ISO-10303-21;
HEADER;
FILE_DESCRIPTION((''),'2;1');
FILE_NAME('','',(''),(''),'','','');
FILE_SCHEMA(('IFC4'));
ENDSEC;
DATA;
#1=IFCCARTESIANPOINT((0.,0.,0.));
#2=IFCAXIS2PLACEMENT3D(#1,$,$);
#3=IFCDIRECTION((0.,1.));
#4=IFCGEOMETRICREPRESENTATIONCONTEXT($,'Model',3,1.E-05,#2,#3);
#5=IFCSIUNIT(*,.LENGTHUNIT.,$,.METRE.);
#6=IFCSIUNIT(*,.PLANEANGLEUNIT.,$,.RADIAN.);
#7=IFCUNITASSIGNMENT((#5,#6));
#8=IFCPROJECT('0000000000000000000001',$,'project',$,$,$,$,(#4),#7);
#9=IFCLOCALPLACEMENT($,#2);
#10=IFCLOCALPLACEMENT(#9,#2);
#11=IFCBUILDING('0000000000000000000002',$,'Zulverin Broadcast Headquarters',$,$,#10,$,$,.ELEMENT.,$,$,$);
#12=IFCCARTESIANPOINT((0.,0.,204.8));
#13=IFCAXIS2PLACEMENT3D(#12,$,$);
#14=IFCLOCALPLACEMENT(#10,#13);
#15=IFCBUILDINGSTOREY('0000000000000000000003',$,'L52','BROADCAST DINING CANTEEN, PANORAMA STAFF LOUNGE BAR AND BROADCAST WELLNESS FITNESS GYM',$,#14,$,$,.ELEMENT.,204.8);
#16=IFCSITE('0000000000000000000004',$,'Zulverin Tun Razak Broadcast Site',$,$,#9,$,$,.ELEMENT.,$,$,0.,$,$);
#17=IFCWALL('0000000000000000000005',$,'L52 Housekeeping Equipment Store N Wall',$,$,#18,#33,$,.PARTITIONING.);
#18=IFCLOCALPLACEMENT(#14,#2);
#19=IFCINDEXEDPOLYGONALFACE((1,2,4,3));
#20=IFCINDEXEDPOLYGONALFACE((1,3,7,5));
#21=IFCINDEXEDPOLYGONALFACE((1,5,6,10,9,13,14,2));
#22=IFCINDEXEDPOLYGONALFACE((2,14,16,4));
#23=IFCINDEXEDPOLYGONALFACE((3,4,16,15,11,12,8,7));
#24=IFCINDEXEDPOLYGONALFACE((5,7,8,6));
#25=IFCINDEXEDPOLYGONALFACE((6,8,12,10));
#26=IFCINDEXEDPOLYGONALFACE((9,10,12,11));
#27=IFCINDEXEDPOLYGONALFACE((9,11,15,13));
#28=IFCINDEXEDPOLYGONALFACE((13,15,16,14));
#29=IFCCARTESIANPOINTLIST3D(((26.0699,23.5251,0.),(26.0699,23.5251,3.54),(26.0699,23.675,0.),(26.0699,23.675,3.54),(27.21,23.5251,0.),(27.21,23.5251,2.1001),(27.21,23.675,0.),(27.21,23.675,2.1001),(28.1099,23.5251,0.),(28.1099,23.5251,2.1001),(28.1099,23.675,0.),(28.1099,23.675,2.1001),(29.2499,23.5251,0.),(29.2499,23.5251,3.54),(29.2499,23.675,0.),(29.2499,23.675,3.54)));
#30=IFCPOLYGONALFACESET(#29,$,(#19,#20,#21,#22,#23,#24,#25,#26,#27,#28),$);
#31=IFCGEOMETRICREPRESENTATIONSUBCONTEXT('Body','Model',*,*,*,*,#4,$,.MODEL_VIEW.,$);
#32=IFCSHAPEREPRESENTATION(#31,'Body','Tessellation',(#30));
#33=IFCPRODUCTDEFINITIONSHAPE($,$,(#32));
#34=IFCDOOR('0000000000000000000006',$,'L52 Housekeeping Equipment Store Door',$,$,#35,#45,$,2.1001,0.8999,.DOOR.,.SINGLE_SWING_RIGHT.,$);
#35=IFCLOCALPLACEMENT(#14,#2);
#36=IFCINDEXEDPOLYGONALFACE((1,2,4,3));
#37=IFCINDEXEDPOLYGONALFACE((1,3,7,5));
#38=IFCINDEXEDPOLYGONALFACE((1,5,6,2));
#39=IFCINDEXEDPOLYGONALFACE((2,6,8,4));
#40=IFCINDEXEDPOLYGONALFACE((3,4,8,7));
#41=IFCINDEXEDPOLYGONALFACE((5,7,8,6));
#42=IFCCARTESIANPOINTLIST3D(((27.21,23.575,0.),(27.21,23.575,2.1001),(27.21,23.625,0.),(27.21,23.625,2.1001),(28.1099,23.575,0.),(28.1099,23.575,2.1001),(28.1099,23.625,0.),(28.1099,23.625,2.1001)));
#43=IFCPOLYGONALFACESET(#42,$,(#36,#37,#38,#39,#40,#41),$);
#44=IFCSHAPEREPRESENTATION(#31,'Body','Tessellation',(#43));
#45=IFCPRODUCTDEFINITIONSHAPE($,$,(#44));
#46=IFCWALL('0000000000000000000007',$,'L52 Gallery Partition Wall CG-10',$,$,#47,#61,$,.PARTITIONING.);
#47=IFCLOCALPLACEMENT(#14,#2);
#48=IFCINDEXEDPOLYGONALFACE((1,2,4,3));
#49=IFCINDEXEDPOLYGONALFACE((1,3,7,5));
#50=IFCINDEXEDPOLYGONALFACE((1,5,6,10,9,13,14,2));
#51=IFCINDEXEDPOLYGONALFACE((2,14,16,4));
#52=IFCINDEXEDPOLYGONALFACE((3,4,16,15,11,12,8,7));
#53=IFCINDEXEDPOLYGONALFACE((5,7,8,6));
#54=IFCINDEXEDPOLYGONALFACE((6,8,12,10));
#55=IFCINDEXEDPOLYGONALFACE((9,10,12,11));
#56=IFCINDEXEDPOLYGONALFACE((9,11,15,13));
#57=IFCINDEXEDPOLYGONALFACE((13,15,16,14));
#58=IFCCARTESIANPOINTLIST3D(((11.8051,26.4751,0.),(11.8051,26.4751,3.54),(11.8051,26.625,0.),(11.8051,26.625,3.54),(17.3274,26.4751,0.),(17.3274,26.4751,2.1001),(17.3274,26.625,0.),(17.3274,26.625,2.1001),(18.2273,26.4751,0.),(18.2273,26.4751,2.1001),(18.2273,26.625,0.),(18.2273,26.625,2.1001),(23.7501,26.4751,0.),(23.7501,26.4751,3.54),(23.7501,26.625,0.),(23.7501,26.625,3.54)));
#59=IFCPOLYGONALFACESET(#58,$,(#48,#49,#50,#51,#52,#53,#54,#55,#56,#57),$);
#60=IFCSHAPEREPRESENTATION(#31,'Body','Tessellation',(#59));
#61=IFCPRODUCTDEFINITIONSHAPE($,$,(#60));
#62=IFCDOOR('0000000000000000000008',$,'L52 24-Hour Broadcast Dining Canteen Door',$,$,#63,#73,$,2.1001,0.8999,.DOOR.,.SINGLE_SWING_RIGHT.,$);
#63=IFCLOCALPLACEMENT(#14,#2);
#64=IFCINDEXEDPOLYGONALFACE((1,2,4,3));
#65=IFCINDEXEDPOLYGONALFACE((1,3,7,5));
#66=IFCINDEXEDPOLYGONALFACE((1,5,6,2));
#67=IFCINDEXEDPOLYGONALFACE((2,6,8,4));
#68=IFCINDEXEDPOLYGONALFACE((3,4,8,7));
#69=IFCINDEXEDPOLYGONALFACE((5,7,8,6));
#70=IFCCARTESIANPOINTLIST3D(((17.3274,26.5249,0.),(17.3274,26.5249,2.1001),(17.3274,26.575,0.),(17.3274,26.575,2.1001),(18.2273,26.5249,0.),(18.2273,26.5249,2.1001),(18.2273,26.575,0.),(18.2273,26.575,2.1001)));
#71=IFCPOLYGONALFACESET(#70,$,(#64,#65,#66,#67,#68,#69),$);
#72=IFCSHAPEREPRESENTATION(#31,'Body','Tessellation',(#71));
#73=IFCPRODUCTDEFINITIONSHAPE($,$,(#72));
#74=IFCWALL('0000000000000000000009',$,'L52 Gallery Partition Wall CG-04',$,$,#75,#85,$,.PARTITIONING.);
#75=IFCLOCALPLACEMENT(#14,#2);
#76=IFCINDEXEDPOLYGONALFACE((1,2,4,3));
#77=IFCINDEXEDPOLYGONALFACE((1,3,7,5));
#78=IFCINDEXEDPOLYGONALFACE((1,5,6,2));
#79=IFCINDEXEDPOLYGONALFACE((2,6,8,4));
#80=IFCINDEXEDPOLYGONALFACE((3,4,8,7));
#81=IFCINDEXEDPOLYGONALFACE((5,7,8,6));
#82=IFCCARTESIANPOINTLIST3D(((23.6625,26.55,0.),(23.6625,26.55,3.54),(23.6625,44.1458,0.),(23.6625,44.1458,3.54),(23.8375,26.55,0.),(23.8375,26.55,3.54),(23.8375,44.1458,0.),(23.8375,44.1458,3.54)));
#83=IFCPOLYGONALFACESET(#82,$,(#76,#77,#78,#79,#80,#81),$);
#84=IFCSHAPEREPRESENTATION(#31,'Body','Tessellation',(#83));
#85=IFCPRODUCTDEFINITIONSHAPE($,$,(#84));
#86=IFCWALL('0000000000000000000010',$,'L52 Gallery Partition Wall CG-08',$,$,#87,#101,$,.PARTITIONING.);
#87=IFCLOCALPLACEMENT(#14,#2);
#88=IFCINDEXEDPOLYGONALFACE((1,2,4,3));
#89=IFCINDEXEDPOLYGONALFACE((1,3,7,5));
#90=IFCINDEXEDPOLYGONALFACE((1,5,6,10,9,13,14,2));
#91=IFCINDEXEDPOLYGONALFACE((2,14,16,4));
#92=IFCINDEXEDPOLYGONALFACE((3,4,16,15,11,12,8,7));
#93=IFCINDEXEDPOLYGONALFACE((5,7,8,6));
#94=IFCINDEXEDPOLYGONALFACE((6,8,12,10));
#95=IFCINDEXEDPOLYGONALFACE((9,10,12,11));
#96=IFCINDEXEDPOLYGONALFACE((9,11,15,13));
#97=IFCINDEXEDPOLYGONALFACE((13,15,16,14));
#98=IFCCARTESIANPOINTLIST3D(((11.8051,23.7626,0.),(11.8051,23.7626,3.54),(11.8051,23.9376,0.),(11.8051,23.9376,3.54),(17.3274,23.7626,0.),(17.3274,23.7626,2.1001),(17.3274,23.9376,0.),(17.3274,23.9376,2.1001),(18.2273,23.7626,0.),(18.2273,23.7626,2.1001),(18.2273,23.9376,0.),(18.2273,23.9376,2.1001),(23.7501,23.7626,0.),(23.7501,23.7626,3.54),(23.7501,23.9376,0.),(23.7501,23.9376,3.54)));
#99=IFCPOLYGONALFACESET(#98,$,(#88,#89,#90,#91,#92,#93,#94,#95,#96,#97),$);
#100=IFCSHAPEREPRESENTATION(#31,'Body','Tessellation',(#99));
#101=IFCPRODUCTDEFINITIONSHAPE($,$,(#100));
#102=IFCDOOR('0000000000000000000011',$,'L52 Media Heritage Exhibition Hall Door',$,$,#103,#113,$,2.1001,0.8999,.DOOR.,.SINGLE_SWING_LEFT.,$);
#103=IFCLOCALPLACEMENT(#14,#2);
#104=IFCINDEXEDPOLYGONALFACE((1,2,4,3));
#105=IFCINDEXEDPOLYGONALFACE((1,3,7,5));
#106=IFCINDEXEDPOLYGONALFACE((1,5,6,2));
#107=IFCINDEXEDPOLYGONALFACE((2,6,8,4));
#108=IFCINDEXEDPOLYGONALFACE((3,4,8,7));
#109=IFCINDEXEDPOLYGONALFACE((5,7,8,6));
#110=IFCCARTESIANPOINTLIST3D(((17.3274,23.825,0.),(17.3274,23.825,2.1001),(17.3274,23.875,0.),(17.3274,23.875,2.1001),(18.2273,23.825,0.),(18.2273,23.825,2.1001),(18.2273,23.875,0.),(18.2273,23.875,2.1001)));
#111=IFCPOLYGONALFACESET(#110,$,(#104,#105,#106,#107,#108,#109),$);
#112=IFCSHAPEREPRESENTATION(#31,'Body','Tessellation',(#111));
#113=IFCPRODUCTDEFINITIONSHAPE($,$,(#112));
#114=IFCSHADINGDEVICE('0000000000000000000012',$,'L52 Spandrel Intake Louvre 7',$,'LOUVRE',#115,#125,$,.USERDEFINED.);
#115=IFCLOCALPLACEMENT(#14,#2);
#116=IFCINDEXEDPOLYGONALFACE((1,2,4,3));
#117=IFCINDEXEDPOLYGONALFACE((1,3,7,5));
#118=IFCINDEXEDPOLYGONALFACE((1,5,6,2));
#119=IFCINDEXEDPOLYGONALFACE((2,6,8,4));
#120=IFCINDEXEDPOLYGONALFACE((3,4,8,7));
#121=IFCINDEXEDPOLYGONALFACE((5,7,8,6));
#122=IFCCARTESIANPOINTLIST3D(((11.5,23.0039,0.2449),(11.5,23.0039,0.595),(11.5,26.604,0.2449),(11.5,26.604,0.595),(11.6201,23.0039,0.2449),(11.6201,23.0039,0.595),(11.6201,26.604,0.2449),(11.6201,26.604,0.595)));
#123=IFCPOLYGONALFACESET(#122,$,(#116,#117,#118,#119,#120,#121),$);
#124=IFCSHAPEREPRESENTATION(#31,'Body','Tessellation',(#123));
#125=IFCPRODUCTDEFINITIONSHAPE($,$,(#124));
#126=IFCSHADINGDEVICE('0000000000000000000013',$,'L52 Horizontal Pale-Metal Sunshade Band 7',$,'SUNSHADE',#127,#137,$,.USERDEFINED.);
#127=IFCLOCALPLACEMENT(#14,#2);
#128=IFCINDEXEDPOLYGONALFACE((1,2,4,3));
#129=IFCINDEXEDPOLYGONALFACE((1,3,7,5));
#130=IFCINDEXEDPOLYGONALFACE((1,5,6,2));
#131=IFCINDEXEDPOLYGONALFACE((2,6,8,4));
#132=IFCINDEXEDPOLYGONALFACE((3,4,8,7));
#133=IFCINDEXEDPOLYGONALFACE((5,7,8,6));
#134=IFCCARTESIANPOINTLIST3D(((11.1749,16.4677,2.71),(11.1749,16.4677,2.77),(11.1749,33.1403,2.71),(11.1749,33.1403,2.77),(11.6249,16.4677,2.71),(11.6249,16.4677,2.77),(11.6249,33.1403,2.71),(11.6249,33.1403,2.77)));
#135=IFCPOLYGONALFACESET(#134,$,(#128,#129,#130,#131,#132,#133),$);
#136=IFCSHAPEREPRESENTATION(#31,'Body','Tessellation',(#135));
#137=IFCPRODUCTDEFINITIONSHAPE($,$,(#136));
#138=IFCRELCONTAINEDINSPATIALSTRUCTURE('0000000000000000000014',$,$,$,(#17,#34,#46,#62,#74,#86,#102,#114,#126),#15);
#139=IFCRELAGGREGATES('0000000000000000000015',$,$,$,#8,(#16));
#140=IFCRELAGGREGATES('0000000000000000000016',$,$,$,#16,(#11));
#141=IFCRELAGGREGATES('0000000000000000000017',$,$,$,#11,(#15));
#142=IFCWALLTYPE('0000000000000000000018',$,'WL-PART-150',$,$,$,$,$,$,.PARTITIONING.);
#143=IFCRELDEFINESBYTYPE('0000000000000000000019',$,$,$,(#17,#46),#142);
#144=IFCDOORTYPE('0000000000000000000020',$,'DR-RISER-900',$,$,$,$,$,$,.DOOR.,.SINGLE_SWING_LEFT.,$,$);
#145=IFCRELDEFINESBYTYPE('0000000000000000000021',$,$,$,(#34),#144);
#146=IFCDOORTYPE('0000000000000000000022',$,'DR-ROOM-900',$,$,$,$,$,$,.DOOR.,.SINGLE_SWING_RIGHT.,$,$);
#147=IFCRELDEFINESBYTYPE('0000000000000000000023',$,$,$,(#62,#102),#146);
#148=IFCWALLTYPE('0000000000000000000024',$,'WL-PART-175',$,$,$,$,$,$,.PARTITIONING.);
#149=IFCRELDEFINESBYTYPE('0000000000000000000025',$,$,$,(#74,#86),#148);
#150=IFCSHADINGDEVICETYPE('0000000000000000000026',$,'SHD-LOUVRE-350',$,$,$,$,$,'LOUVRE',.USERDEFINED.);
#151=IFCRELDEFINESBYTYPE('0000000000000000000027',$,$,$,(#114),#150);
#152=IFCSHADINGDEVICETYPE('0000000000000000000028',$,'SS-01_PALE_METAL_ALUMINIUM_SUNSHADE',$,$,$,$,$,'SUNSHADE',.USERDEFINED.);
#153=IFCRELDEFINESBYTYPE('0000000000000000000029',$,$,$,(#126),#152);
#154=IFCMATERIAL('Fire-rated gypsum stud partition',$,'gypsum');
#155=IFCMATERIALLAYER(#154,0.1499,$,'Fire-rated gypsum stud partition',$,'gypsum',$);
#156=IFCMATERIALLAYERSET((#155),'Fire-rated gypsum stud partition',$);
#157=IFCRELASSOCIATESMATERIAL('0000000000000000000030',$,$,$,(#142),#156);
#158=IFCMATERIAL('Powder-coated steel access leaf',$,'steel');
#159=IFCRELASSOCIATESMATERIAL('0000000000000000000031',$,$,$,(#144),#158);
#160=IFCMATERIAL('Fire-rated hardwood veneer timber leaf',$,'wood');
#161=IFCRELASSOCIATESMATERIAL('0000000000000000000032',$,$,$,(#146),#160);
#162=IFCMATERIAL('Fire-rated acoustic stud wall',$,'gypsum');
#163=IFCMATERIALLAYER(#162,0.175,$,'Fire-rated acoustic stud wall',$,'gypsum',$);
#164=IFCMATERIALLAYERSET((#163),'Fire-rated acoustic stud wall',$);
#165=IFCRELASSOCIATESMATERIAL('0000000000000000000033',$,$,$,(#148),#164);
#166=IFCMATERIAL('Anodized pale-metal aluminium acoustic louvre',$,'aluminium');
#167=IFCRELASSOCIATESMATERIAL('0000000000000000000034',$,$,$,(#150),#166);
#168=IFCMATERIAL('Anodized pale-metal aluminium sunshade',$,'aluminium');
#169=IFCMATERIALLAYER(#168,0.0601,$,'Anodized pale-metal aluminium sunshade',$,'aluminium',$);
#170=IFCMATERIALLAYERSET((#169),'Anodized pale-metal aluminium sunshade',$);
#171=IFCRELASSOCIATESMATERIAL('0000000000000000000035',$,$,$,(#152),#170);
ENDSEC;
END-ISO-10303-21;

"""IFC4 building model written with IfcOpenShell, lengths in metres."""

from ifc_helpers import new_model, si_unit, direction, frame, frame_2d, origin, origin_2d, place, context, subcontext, project, spatial, rectangle, extrude, material, layer, layer_set, type_object, element, fill, save


model = new_model("IFC4")

# Units and contexts
model_context = context("Model", 3, precision=1e-05, world=origin(), true_north=direction((0.0, 1.0)))
body_context = subcontext(model_context, "Body", "Model", "MODEL_VIEW")
ifc_project = project(units=[si_unit("LENGTHUNIT", "METRE"), si_unit("PLANEANGLEUNIT", "RADIAN")], contexts=[model_context])

# Site, building, storey
site_placement = place(None, origin())
site = spatial("IfcSite", under=ifc_project, at=site_placement, Name="Zulverin Tun Razak Broadcast Site", CompositionType="ELEMENT", RefElevation=0.0)
building_placement = place(site_placement, origin())
building = spatial("IfcBuilding", under=site, at=building_placement, Name="Zulverin Broadcast Headquarters", CompositionType="ELEMENT")
storey_placement = place(building_placement, frame((0.0, 0.0, 204.8)))
storey = spatial("IfcBuildingStorey", under=building, at=storey_placement, Name="L52", Description="BROADCAST DINING CANTEEN, PANORAMA STAFF LOUNGE BAR AND BROADCAST WELLNESS FITNESS GYM", CompositionType="ELEMENT", Elevation=204.8)

# Shared definitions
ifc_material_1 = material(Name="Fire-rated gypsum stud partition", Category="gypsum")
ifc_layer_1 = layer(ifc_material_1, 0.1499, Name="Fire-rated gypsum stud partition", Category="gypsum")
ifc_layer_set_1 = layer_set([ifc_layer_1], Name="Fire-rated gypsum stud partition")
wall_type_1 = type_object("IfcWallType", Name="WL-PART-150", PredefinedType="PARTITIONING", material=ifc_layer_set_1)

# Shared definitions
ifc_material_2 = material(Name="Powder-coated steel access leaf", Category="steel")
door_type_1 = type_object("IfcDoorType", Name="DR-RISER-900", OperationType="SINGLE_SWING_LEFT", PredefinedType="DOOR", material=ifc_material_2)

# Walls, openings, doors
wall_1_placement = place(storey_placement, frame((26.0701, 23.6001, 0.0), z_axis=(0.0, 0.0, 1.0), x_axis=(1.0, 0.0, 0.0)))
wall_1 = element("IfcWall", 1, at=wall_1_placement, inside=storey, type_object=wall_type_1, Name="L52 Housekeeping Equipment Store N Wall", PredefinedType="PARTITIONING", context=body_context, shape_type="SweptSolid", body=[
    extrude(rectangle(XDim=3.1799, YDim=0.1499, at=frame_2d((1.5898, 0.0))), origin(), (0.0, 0.0, 1.0), 3.54),
])
opening_1_placement = place(wall_1_placement, frame((1.1399, 0.0, 0.0)))
opening_1 = element("IfcOpeningElement", 2, at=opening_1_placement, cuts=wall_1, PredefinedType="OPENING", context=body_context, shape_type="SweptSolid", body=[
    extrude(rectangle(XDim=0.8999, YDim=2.1001, at=frame_2d((0.45, 1.05))), frame((0.0, 0.085, 0.0), z_axis=(0.0, -1.0, 0.0), x_axis=(1.0, 0.0, 0.0)), (0.0, 0.0, 1.0), 0.1699),
])
door_1_placement = place(opening_1_placement, origin())
door_1 = element("IfcDoor", 3, at=door_1_placement, inside=storey, type_object=door_type_1, Name="L52 Housekeeping Equipment Store Door", OperationType="SINGLE_SWING_RIGHT", OverallHeight=2.1001, OverallWidth=0.8999, PredefinedType="DOOR", context=body_context, shape_type="SweptSolid", body=[
    extrude(rectangle(XDim=0.8999, YDim=2.1001, at=frame_2d((0.45, 1.05))), frame((0.0, 0.0249, 0.0), z_axis=(0.0, -1.0, 0.0), x_axis=(1.0, 0.0, 0.0)), (0.0, 0.0, 1.0), 0.05),
])
fill(opening_1, door_1)
wall_2_placement = place(storey_placement, frame((11.8049, 26.55, 0.0), z_axis=(0.0, 0.0, 1.0), x_axis=(1.0, 0.0, 0.0)))
wall_2 = element("IfcWall", 4, at=wall_2_placement, inside=storey, type_object=wall_type_1, Name="L52 Gallery Partition Wall CG-10", PredefinedType="PARTITIONING", context=body_context, shape_type="SweptSolid", body=[
    extrude(rectangle(XDim=11.9451, YDim=0.1499, at=frame_2d((5.9727, 0.0))), origin(), (0.0, 0.0, 1.0), 3.54),
])
opening_2_placement = place(wall_2_placement, frame((5.5225, 0.0, 0.0)))
opening_2 = element("IfcOpeningElement", 5, at=opening_2_placement, cuts=wall_2, PredefinedType="OPENING", context=body_context, shape_type="SweptSolid", body=[
    extrude(rectangle(XDim=0.8999, YDim=2.1001, at=frame_2d((0.45, 1.05))), frame((0.0, 0.085, 0.0), z_axis=(0.0, -1.0, 0.0), x_axis=(1.0, 0.0, 0.0)), (0.0, 0.0, 1.0), 0.1699),
])
ifc_material_3 = material(Name="Fire-rated hardwood veneer timber leaf", Category="wood")
door_type_2 = type_object("IfcDoorType", Name="DR-ROOM-900", OperationType="SINGLE_SWING_RIGHT", PredefinedType="DOOR", material=ifc_material_3)
door_2_placement = place(opening_2_placement, origin())
door_2 = element("IfcDoor", 6, at=door_2_placement, inside=storey, type_object=door_type_2, Name="L52 24-Hour Broadcast Dining Canteen Door", OperationType="SINGLE_SWING_RIGHT", OverallHeight=2.1001, OverallWidth=0.8999, PredefinedType="DOOR", context=body_context, shape_type="SweptSolid", body=[
    extrude(rectangle(XDim=0.8999, YDim=2.1001, at=frame_2d((0.45, 1.05))), frame((0.0, 0.0249, 0.0), z_axis=(0.0, -1.0, 0.0), x_axis=(1.0, 0.0, 0.0)), (0.0, 0.0, 1.0), 0.05),
])
fill(opening_2, door_2)

# Wall
ifc_material_4 = material(Name="Fire-rated acoustic stud wall", Category="gypsum")
ifc_layer_2 = layer(ifc_material_4, 0.175, Name="Fire-rated acoustic stud wall", Category="gypsum")
ifc_layer_set_2 = layer_set([ifc_layer_2], Name="Fire-rated acoustic stud wall")
wall_type_2 = type_object("IfcWallType", Name="WL-PART-175", PredefinedType="PARTITIONING", material=ifc_layer_set_2)
wall_3_placement = place(storey_placement, frame((23.75, 26.55, 0.0), z_axis=(0.0, 0.0, 1.0), x_axis=(0.0, 1.0, 0.0)))
element("IfcWall", 7, at=wall_3_placement, inside=storey, type_object=wall_type_2, Name="L52 Gallery Partition Wall CG-04", PredefinedType="PARTITIONING", context=body_context, shape_type="SweptSolid", body=[
    extrude(rectangle(XDim=17.5957, YDim=0.175, at=frame_2d((8.7979, 0.0))), origin(), (0.0, 0.0, 1.0), 3.54),
])

# Wall, opening, door
wall_4_placement = place(storey_placement, frame((11.8049, 23.8501, 0.0), z_axis=(0.0, 0.0, 1.0), x_axis=(1.0, 0.0, 0.0)))
wall_4 = element("IfcWall", 8, at=wall_4_placement, inside=storey, type_object=wall_type_2, Name="L52 Gallery Partition Wall CG-08", PredefinedType="PARTITIONING", context=body_context, shape_type="SweptSolid", body=[
    extrude(rectangle(XDim=11.9451, YDim=0.175, at=frame_2d((5.9727, 0.0))), origin(), (0.0, 0.0, 1.0), 3.54),
])
opening_3_placement = place(wall_4_placement, frame((5.5225, 0.0, 0.0)))
opening_3 = element("IfcOpeningElement", 9, at=opening_3_placement, cuts=wall_4, PredefinedType="OPENING", context=body_context, shape_type="SweptSolid", body=[
    extrude(rectangle(XDim=0.8999, YDim=2.1001, at=frame_2d((0.45, 1.05))), frame((0.0, 0.0974, 0.0), z_axis=(0.0, -1.0, 0.0), x_axis=(1.0, 0.0, 0.0)), (0.0, 0.0, 1.0), 0.1951),
])
door_3_placement = place(opening_3_placement, origin())
door_3 = element("IfcDoor", 10, at=door_3_placement, inside=storey, type_object=door_type_2, Name="L52 Media Heritage Exhibition Hall Door", OperationType="SINGLE_SWING_LEFT", OverallHeight=2.1001, OverallWidth=0.8999, PredefinedType="DOOR", context=body_context, shape_type="SweptSolid", body=[
    extrude(rectangle(XDim=0.8999, YDim=2.1001, at=frame_2d((0.45, 1.05))), frame((0.0, 0.0249, 0.0), z_axis=(0.0, -1.0, 0.0), x_axis=(1.0, 0.0, 0.0)), (0.0, 0.0, 1.0), 0.05),
])
fill(opening_3, door_3)

# Shading devices
ifc_material_5 = material(Name="Anodized pale-metal aluminium acoustic louvre", Category="aluminium")
shading_device_type_1 = type_object("IfcShadingDeviceType", Name="SHD-LOUVRE-350", ElementType="LOUVRE", PredefinedType="USERDEFINED", material=ifc_material_5)
shading_device_1_placement = place(storey_placement, frame((11.5601, 24.804, 0.2449), z_axis=(0.0, 0.0, 1.0), x_axis=(0.0, -1.0, 0.0)))
element("IfcShadingDevice", 11, at=shading_device_1_placement, inside=storey, type_object=shading_device_type_1, Name="L52 Spandrel Intake Louvre 7", ObjectType="LOUVRE", PredefinedType="USERDEFINED", context=body_context, shape_type="SweptSolid", body=[
    extrude(rectangle(XDim=3.6001, YDim=0.1201, at=origin_2d()), origin(), (0.0, 0.0, 1.0), 0.3501),
])
ifc_material_6 = material(Name="Anodized pale-metal aluminium sunshade", Category="aluminium")
ifc_layer_3 = layer(ifc_material_6, 0.0601, Name="Anodized pale-metal aluminium sunshade", Category="aluminium")
ifc_layer_set_3 = layer_set([ifc_layer_3], Name="Anodized pale-metal aluminium sunshade")
shading_device_type_2 = type_object("IfcShadingDeviceType", Name="SS-01_PALE_METAL_ALUMINIUM_SUNSHADE", ElementType="SUNSHADE", PredefinedType="USERDEFINED", material=ifc_layer_set_3)
shading_device_2_placement = place(storey_placement, frame((11.3999, 24.804, 2.71), z_axis=(0.0, 0.0, 1.0), x_axis=(0.0, -1.0, 0.0)))
element("IfcShadingDevice", 12, at=shading_device_2_placement, inside=storey, type_object=shading_device_type_2, Name="L52 Horizontal Pale-Metal Sunshade Band 7", ObjectType="SUNSHADE", PredefinedType="USERDEFINED", context=body_context, shape_type="SweptSolid", body=[
    extrude(rectangle(XDim=16.6726, YDim=0.45, at=origin_2d()), origin(), (0.0, 0.0, 1.0), 0.0601),
])

save(model, "model.ifc")
